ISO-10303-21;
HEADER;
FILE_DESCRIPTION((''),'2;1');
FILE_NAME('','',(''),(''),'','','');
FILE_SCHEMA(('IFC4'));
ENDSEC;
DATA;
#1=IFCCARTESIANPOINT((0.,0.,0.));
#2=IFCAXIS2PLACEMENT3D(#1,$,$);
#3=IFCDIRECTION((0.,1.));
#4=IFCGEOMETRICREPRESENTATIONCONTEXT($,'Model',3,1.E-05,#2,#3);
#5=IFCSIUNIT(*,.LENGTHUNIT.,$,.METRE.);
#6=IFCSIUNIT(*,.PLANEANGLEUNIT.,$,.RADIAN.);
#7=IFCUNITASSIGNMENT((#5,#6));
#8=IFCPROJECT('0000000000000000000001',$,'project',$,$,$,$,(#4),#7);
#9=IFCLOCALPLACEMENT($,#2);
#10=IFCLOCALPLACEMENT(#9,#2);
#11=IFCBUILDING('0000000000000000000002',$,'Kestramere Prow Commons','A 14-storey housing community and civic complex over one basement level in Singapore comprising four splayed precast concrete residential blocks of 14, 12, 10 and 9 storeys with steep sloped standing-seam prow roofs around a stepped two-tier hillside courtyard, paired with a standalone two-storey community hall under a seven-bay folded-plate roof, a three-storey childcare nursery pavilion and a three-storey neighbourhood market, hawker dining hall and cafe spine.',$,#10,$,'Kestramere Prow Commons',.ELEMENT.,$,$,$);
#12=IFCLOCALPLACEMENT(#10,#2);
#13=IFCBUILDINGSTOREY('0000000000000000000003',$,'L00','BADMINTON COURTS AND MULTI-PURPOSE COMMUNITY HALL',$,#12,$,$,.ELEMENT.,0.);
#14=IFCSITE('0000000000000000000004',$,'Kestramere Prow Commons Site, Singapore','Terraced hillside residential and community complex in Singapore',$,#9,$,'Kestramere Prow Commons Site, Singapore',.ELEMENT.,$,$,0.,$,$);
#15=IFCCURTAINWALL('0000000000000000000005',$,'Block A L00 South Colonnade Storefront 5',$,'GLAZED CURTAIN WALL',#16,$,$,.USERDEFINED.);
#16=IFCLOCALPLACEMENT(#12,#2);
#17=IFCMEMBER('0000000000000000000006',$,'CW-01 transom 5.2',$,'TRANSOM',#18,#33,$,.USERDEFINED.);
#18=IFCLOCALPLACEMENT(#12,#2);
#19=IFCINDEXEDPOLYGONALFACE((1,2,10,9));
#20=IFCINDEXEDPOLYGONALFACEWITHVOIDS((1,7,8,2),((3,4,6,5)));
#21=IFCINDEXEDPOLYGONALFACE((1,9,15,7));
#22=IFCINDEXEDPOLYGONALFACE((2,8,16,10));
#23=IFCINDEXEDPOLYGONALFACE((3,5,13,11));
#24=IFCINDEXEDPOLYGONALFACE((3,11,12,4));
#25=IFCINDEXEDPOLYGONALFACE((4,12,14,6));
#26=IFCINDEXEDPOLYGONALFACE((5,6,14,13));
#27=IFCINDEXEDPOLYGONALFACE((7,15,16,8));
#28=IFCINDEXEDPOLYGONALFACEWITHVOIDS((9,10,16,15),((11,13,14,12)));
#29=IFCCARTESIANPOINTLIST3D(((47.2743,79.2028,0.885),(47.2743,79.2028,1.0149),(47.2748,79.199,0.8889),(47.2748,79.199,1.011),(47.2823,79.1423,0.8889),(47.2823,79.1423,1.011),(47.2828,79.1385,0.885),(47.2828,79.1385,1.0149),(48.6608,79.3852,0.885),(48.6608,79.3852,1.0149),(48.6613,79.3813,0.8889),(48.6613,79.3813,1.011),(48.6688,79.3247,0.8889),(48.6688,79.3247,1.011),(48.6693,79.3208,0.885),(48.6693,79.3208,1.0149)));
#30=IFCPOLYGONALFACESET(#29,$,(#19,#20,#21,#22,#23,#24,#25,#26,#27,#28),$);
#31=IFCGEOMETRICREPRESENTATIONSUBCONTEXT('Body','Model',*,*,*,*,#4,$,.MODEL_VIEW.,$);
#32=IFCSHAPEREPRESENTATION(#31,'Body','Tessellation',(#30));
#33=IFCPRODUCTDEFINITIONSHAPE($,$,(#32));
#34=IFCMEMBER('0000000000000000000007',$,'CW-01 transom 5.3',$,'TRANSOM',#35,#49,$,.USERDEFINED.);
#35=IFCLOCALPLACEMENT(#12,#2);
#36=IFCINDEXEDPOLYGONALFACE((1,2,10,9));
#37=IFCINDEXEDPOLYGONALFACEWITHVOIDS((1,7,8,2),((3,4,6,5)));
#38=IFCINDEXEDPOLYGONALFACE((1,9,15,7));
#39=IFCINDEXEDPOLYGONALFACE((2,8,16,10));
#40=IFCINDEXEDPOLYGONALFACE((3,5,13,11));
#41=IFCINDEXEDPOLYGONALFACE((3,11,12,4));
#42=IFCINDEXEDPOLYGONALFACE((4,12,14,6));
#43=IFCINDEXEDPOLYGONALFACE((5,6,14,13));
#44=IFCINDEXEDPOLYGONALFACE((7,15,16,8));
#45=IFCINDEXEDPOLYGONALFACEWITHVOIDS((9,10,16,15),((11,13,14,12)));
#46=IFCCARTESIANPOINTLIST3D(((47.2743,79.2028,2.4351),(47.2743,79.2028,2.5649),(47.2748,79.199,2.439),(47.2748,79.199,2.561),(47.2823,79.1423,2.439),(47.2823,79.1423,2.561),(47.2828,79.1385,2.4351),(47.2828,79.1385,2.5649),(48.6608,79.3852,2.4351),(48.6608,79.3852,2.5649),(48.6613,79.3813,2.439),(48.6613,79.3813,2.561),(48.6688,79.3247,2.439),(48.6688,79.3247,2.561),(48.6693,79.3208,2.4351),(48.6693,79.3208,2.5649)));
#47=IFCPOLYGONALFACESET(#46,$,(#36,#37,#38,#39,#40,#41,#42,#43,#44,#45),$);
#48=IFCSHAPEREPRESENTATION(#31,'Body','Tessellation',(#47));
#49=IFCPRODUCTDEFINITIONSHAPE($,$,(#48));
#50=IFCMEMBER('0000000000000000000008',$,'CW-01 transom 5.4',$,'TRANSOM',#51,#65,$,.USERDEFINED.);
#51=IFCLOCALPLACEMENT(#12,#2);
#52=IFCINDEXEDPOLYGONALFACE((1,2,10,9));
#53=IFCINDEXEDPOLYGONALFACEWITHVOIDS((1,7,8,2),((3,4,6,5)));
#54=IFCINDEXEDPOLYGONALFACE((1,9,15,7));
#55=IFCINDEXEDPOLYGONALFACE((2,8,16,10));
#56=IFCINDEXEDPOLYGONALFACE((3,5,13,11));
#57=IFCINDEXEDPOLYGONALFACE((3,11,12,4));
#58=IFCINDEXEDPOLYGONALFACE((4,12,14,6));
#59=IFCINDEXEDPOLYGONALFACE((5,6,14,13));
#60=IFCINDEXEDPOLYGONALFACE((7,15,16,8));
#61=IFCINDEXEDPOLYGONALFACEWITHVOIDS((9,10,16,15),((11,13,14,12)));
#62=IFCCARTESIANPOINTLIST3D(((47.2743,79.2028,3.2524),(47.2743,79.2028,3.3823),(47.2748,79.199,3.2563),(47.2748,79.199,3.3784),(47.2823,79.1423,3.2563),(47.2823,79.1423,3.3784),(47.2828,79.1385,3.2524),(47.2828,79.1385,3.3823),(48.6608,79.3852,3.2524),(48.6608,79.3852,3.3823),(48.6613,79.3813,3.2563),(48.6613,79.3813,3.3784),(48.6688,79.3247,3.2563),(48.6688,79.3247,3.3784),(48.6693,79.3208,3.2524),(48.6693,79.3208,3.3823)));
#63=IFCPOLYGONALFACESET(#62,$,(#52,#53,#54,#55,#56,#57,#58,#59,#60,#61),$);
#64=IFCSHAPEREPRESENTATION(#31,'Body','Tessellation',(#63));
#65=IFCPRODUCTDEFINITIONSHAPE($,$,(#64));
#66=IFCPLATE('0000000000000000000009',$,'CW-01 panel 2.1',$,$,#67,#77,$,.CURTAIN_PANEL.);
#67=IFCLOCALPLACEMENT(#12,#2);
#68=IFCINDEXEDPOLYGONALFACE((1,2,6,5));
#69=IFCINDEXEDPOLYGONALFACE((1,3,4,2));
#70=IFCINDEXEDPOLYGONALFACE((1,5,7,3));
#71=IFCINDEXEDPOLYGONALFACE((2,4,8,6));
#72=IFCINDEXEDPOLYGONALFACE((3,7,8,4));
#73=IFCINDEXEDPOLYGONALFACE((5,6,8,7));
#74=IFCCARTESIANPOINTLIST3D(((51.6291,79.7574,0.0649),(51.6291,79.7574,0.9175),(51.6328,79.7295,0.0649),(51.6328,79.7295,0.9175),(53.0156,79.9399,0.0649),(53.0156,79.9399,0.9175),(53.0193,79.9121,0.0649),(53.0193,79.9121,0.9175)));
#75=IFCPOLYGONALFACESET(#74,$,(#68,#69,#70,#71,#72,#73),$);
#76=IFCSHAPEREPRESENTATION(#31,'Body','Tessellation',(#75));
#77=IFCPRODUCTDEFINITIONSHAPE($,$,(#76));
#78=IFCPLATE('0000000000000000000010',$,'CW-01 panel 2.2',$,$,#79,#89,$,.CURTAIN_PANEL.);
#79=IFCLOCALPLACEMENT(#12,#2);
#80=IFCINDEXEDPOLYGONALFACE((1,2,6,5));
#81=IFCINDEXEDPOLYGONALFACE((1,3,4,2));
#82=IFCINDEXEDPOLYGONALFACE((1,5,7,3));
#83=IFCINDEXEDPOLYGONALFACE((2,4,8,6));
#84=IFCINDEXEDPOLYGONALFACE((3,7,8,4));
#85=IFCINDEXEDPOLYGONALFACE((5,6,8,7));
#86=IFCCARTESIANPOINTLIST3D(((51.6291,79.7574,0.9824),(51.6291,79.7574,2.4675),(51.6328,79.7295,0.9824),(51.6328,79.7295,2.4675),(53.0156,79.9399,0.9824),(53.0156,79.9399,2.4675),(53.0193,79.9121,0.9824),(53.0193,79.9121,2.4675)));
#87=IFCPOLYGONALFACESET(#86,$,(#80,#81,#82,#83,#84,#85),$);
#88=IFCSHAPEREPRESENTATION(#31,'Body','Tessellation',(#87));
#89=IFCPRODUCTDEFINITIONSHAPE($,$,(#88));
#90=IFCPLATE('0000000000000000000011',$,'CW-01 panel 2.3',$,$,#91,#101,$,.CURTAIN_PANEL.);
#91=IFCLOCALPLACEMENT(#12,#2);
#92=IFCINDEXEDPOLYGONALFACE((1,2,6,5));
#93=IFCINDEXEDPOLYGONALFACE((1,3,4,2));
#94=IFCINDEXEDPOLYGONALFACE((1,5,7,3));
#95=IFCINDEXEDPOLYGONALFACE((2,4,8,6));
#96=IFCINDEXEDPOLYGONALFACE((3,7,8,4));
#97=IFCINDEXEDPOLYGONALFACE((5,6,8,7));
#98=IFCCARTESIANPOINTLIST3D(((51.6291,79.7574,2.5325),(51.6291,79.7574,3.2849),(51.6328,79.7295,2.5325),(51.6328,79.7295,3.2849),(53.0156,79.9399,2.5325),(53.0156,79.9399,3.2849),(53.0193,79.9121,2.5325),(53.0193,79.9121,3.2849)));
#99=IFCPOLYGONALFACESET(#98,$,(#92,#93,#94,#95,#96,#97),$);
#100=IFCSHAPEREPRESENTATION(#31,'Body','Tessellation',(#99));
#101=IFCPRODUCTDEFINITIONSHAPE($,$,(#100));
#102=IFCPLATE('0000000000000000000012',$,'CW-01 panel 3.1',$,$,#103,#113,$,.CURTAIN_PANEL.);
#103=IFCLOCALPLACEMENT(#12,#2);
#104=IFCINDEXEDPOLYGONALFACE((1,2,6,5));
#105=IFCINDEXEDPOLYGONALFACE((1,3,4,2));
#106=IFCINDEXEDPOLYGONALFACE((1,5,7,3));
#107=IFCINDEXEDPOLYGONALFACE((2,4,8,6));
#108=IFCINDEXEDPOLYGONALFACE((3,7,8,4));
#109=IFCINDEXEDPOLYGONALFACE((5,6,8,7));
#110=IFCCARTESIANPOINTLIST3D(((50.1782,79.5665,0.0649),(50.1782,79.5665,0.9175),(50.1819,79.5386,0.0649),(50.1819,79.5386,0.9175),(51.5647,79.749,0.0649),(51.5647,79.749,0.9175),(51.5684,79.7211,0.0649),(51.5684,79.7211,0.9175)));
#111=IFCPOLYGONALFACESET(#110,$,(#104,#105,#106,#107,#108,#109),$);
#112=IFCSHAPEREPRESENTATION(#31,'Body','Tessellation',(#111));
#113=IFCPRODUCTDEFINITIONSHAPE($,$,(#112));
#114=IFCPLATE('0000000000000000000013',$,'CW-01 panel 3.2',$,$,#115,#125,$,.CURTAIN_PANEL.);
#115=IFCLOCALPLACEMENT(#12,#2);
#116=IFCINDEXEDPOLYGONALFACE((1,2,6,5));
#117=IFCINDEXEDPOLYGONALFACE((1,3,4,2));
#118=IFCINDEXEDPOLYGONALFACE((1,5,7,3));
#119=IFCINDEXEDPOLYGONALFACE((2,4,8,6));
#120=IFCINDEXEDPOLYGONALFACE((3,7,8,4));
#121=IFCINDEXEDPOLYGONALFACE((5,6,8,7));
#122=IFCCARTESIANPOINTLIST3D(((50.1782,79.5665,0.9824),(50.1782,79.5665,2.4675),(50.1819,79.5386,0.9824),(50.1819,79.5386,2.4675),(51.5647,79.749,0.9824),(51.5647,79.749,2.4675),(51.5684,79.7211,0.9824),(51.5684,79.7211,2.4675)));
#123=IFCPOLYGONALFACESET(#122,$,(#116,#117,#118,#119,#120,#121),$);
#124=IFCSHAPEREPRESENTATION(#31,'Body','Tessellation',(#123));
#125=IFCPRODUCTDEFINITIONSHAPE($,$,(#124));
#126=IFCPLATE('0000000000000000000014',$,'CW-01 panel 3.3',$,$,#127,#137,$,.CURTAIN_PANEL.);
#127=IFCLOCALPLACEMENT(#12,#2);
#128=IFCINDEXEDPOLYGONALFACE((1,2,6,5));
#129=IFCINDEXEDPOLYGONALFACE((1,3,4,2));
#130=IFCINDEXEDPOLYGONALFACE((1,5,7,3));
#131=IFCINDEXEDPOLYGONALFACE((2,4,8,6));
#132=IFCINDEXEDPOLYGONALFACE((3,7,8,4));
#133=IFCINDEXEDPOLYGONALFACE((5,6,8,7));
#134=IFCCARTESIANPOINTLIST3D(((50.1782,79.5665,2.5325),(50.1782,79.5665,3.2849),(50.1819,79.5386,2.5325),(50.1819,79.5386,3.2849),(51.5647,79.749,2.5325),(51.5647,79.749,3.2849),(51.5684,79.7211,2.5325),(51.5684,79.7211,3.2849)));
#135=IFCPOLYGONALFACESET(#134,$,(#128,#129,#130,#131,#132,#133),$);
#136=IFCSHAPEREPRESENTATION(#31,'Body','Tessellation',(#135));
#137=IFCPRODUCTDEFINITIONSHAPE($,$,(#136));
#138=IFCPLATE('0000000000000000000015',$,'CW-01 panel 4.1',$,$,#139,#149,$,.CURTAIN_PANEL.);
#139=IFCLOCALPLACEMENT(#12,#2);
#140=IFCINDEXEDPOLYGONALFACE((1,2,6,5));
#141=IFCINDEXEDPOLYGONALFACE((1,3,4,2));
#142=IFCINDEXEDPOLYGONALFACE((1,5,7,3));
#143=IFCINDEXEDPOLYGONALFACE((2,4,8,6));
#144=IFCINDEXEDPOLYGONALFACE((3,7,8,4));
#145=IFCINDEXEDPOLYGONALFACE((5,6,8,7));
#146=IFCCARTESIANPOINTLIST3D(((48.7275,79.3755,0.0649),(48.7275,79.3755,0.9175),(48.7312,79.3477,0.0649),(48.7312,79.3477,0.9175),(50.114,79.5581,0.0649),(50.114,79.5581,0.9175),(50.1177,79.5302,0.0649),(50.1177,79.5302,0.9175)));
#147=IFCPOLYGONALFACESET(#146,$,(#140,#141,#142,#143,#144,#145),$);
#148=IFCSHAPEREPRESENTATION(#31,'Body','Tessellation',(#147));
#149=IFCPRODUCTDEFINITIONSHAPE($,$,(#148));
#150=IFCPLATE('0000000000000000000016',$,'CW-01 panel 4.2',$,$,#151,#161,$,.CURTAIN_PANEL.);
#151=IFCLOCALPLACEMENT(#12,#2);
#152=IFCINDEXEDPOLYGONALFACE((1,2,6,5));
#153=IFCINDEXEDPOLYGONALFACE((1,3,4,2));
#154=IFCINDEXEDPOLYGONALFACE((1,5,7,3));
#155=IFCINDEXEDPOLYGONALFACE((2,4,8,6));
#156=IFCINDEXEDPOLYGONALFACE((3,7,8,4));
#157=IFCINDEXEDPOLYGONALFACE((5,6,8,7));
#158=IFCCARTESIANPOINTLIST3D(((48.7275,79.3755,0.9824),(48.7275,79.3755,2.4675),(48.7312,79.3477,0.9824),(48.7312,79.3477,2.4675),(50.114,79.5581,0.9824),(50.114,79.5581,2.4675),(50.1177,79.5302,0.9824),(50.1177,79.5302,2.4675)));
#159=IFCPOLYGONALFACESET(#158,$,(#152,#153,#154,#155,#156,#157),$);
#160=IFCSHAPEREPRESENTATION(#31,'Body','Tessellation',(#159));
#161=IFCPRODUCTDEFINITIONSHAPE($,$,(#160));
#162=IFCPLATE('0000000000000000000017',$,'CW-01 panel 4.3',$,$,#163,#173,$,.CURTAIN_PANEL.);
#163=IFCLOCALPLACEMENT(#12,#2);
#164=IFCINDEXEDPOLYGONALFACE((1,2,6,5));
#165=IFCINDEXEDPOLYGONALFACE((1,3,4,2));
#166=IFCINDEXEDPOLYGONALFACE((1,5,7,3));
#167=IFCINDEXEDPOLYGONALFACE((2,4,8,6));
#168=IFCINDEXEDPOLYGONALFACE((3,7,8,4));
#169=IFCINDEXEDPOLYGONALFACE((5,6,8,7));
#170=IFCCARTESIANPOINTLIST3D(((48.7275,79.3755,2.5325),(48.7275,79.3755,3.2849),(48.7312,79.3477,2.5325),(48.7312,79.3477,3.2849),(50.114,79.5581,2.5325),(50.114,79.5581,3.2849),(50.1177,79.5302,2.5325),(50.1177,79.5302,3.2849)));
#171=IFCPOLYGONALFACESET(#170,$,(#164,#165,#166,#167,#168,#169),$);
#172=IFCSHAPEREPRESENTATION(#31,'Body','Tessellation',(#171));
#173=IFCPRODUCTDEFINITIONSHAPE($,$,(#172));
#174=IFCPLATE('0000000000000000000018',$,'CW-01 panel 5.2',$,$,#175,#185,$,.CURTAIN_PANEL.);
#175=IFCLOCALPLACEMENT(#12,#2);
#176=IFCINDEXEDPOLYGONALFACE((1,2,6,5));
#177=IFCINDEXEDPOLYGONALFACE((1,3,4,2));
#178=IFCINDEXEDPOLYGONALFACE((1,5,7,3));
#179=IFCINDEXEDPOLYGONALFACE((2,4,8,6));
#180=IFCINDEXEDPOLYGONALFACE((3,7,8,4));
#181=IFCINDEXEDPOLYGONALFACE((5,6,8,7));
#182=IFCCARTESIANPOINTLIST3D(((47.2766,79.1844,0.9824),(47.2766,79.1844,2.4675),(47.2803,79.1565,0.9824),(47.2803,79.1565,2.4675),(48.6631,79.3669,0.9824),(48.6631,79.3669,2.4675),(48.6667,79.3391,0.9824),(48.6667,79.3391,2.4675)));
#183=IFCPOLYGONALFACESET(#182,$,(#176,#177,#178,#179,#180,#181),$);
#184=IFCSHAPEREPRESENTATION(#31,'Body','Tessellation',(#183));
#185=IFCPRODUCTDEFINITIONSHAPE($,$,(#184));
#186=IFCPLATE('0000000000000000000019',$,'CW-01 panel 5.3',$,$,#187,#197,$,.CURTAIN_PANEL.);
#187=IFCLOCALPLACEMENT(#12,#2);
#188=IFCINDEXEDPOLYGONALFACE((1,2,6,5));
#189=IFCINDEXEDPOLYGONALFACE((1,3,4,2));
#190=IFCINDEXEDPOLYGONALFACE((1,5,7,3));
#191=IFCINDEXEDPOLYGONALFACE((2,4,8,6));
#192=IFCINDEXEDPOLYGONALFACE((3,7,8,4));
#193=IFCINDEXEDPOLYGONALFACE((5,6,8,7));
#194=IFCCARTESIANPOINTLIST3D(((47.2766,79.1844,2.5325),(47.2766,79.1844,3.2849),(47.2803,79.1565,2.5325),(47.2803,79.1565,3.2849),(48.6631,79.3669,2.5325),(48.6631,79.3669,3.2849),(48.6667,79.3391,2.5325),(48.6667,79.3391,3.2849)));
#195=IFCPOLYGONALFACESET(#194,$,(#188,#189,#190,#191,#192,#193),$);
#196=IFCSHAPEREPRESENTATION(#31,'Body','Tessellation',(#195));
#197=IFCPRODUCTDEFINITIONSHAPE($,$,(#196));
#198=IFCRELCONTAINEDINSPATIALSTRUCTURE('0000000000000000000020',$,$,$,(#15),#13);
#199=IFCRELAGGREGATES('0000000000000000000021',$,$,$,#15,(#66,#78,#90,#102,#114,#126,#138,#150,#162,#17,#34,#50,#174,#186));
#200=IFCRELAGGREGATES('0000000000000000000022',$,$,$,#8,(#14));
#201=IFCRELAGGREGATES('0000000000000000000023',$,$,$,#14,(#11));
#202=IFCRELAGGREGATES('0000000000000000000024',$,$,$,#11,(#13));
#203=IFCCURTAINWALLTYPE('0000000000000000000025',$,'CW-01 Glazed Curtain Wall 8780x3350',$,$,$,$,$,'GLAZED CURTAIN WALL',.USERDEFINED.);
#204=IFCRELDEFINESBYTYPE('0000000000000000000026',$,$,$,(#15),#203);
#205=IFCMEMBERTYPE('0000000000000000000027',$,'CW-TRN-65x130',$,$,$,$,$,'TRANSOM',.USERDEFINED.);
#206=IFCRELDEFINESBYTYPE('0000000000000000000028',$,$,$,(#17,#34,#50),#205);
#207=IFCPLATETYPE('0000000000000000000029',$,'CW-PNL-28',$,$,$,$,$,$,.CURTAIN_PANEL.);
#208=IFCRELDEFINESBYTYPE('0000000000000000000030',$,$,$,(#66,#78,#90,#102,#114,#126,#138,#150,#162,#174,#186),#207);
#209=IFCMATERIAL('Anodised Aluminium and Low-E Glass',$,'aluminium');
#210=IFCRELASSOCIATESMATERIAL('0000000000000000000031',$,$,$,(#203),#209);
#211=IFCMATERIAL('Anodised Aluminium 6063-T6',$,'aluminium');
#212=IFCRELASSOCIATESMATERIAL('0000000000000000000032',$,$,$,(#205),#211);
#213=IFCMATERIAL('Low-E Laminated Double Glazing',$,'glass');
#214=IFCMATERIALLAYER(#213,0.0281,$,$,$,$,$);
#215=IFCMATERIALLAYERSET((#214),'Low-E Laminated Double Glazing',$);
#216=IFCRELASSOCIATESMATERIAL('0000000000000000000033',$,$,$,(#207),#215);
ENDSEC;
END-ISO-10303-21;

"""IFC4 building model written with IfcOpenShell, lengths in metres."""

from ifc_helpers import new_model, si_unit, direction, frame, origin, origin_2d, place, context, subcontext, project, spatial, rectangle, hollow_rectangle, extrude, material, layer, layer_set, material_profile, profile_set, type_object, element, aggregate, save


model = new_model("IFC4")

# Units and contexts
model_context = context("Model", 3, precision=1e-05, world=origin(), true_north=direction((0.0, 1.0)))
body_context = subcontext(model_context, "Body", "Model", "MODEL_VIEW")
ifc_project = project(units=[si_unit("LENGTHUNIT", "METRE"), si_unit("PLANEANGLEUNIT", "RADIAN")], contexts=[model_context])

# Site, building, storey
site_placement = place(None, origin())
site = spatial("IfcSite", under=ifc_project, at=site_placement, Name="Kestramere Prow Commons Site, Singapore", Description="Terraced hillside residential and community complex in Singapore", LongName="Kestramere Prow Commons Site, Singapore", CompositionType="ELEMENT", RefElevation=0.0)
building_placement = place(site_placement, origin())
building = spatial("IfcBuilding", under=site, at=building_placement, Name="Kestramere Prow Commons", Description="A 14-storey housing community and civic complex over one basement level in Singapore comprising four splayed precast concrete residential blocks of 14, 12, 10 and 9 storeys with steep sloped standing-seam prow roofs around a stepped two-tier hillside courtyard, paired with a standalone two-storey community hall under a seven-bay folded-plate roof, a three-storey childcare nursery pavilion and a three-storey neighbourhood market, hawker dining hall and cafe spine.", LongName="Kestramere Prow Commons", CompositionType="ELEMENT")
storey_placement = place(building_placement, origin())
storey = spatial("IfcBuildingStorey", under=building, at=storey_placement, Name="L00", Description="BADMINTON COURTS AND MULTI-PURPOSE COMMUNITY HALL", CompositionType="ELEMENT", Elevation=0.0)

# Curtain wall, members, plates
ifc_material_1 = material(Name="Anodised Aluminium and Low-E Glass", Category="aluminium")
curtain_wall_type = type_object("IfcCurtainWallType", Name="CW-01 Glazed Curtain Wall 8780x3350", ElementType="GLAZED CURTAIN WALL", PredefinedType="USERDEFINED", material=ifc_material_1)
curtain_wall_placement = place(storey_placement, origin())
curtain_wall = element("IfcCurtainWall", 1, at=curtain_wall_placement, inside=storey, type_object=curtain_wall_type, Name="Block A L00 South Colonnade Storefront 5", ObjectType="GLAZED CURTAIN WALL", PredefinedType="USERDEFINED")
ifc_material_2 = material(Name="Anodised Aluminium 6063-T6", Category="aluminium")
ifc_material_profile_1 = material_profile(ifc_material_2, hollow_rectangle(XDim=0.0649, YDim=0.1299, WallThickness=0.0039, at=origin_2d()), Name="ALU-TRN 65x130")
ifc_profile_set_1 = profile_set([ifc_material_profile_1], Name="Anodised Aluminium 6063-T6")
member_type_1 = type_object("IfcMemberType", Name="CW-TRN-65x130", ElementType="TRANSOM", PredefinedType="USERDEFINED", material=ifc_profile_set_1)
member_1_placement = place(storey_placement, frame((48.665, 79.353, 0.95), z_axis=(-0.99146, -0.130414, 0.0), x_axis=(0.130414, -0.99146, 0.0)))
member_1 = element("IfcMember", 2, at=member_1_placement, type_object=member_type_1, Name="CW-01 transom 5.2", ObjectType="TRANSOM", PredefinedType="USERDEFINED", context=body_context, shape_type="SweptSolid", body=[
    extrude(hollow_rectangle(XDim=0.0649, YDim=0.1299, WallThickness=0.0039, at=origin_2d()), origin(), (0.0, 0.0, 1.0), 1.3984),
])
member_2_placement = place(storey_placement, frame((48.665, 79.353, 2.5), z_axis=(-0.99146, -0.130414, 0.0), x_axis=(0.130414, -0.99146, 0.0)))
member_2 = element("IfcMember", 3, at=member_2_placement, type_object=member_type_1, Name="CW-01 transom 5.3", ObjectType="TRANSOM", PredefinedType="USERDEFINED", context=body_context, shape_type="SweptSolid", body=[
    extrude(hollow_rectangle(XDim=0.0649, YDim=0.1299, WallThickness=0.0039, at=origin_2d()), origin(), (0.0, 0.0, 1.0), 1.3984),
])
member_3_placement = place(storey_placement, frame((48.665, 79.353, 3.3174), z_axis=(-0.99146, -0.130414, 0.0), x_axis=(0.130414, -0.99146, 0.0)))
member_3 = element("IfcMember", 4, at=member_3_placement, type_object=member_type_1, Name="CW-01 transom 5.4", ObjectType="TRANSOM", PredefinedType="USERDEFINED", context=body_context, shape_type="SweptSolid", body=[
    extrude(hollow_rectangle(XDim=0.0649, YDim=0.1299, WallThickness=0.0039, at=origin_2d()), origin(), (0.0, 0.0, 1.0), 1.3984),
])
ifc_material_3 = material(Name="Low-E Laminated Double Glazing", Category="glass")
ifc_layer_1 = layer(ifc_material_3, 0.0281)
ifc_layer_set_1 = layer_set([ifc_layer_1], Name="Low-E Laminated Double Glazing")
plate_type = type_object("IfcPlateType", Name="CW-PNL-28", PredefinedType="CURTAIN_PANEL", material=ifc_layer_set_1)
plate_1_placement = place(storey_placement, frame((52.3242, 79.8347, 0.0649), z_axis=(0.0, 0.0, 1.0), x_axis=(-0.991445, -0.130526, 0.0)))
plate_1 = element("IfcPlate", 5, at=plate_1_placement, type_object=plate_type, Name="CW-01 panel 2.1", PredefinedType="CURTAIN_PANEL", context=body_context, shape_type="SweptSolid", body=[
    extrude(rectangle(XDim=1.3984, YDim=0.0281, at=origin_2d()), origin(), (0.0, 0.0, 1.0), 0.8525),
])
plate_2_placement = place(storey_placement, frame((52.3242, 79.8347, 0.9824), z_axis=(0.0, 0.0, 1.0), x_axis=(-0.991445, -0.130526, 0.0)))
plate_2 = element("IfcPlate", 6, at=plate_2_placement, type_object=plate_type, Name="CW-01 panel 2.2", PredefinedType="CURTAIN_PANEL", context=body_context, shape_type="SweptSolid", body=[
    extrude(rectangle(XDim=1.3984, YDim=0.0281, at=origin_2d()), origin(), (0.0, 0.0, 1.0), 1.4851),
])
plate_3_placement = place(storey_placement, frame((52.3242, 79.8347, 2.5325), z_axis=(0.0, 0.0, 1.0), x_axis=(-0.991445, -0.130526, 0.0)))
plate_3 = element("IfcPlate", 7, at=plate_3_placement, type_object=plate_type, Name="CW-01 panel 2.3", PredefinedType="CURTAIN_PANEL", context=body_context, shape_type="SweptSolid", body=[
    extrude(rectangle(XDim=1.3984, YDim=0.0281, at=origin_2d()), origin(), (0.0, 0.0, 1.0), 0.7524),
])
plate_4_placement = place(storey_placement, frame((50.8733, 79.6438, 0.0649), z_axis=(0.0, 0.0, 1.0), x_axis=(-0.991445, -0.130526, 0.0)))
plate_4 = element("IfcPlate", 8, at=plate_4_placement, type_object=plate_type, Name="CW-01 panel 3.1", PredefinedType="CURTAIN_PANEL", context=body_context, shape_type="SweptSolid", body=[
    extrude(rectangle(XDim=1.3984, YDim=0.0281, at=origin_2d()), origin(), (0.0, 0.0, 1.0), 0.8525),
])
plate_5_placement = place(storey_placement, frame((50.8733, 79.6438, 0.9824), z_axis=(0.0, 0.0, 1.0), x_axis=(-0.991445, -0.130526, 0.0)))
plate_5 = element("IfcPlate", 9, at=plate_5_placement, type_object=plate_type, Name="CW-01 panel 3.2", PredefinedType="CURTAIN_PANEL", context=body_context, shape_type="SweptSolid", body=[
    extrude(rectangle(XDim=1.3984, YDim=0.0281, at=origin_2d()), origin(), (0.0, 0.0, 1.0), 1.4851),
])
plate_6_placement = place(storey_placement, frame((50.8733, 79.6438, 2.5325), z_axis=(0.0, 0.0, 1.0), x_axis=(-0.991445, -0.130526, 0.0)))
plate_6 = element("IfcPlate", 10, at=plate_6_placement, type_object=plate_type, Name="CW-01 panel 3.3", PredefinedType="CURTAIN_PANEL", context=body_context, shape_type="SweptSolid", body=[
    extrude(rectangle(XDim=1.3984, YDim=0.0281, at=origin_2d()), origin(), (0.0, 0.0, 1.0), 0.7524),
])
plate_7_placement = place(storey_placement, frame((49.4226, 79.4529, 0.0649), z_axis=(0.0, 0.0, 1.0), x_axis=(-0.991445, -0.130526, 0.0)))
plate_7 = element("IfcPlate", 11, at=plate_7_placement, type_object=plate_type, Name="CW-01 panel 4.1", PredefinedType="CURTAIN_PANEL", context=body_context, shape_type="SweptSolid", body=[
    extrude(rectangle(XDim=1.3984, YDim=0.0281, at=origin_2d()), origin(), (0.0, 0.0, 1.0), 0.8525),
])
plate_8_placement = place(storey_placement, frame((49.4226, 79.4529, 0.9824), z_axis=(0.0, 0.0, 1.0), x_axis=(-0.991445, -0.130526, 0.0)))
plate_8 = element("IfcPlate", 12, at=plate_8_placement, type_object=plate_type, Name="CW-01 panel 4.2", PredefinedType="CURTAIN_PANEL", context=body_context, shape_type="SweptSolid", body=[
    extrude(rectangle(XDim=1.3984, YDim=0.0281, at=origin_2d()), origin(), (0.0, 0.0, 1.0), 1.4851),
])
plate_9_placement = place(storey_placement, frame((49.4226, 79.4529, 2.5325), z_axis=(0.0, 0.0, 1.0), x_axis=(-0.991445, -0.130526, 0.0)))
plate_9 = element("IfcPlate", 13, at=plate_9_placement, type_object=plate_type, Name="CW-01 panel 4.3", PredefinedType="CURTAIN_PANEL", context=body_context, shape_type="SweptSolid", body=[
    extrude(rectangle(XDim=1.3984, YDim=0.0281, at=origin_2d()), origin(), (0.0, 0.0, 1.0), 0.7524),
])
plate_10_placement = place(storey_placement, frame((47.9717, 79.2617, 0.9824), z_axis=(0.0, 0.0, 1.0), x_axis=(-0.991445, -0.130526, 0.0)))
plate_10 = element("IfcPlate", 14, at=plate_10_placement, type_object=plate_type, Name="CW-01 panel 5.2", PredefinedType="CURTAIN_PANEL", context=body_context, shape_type="SweptSolid", body=[
    extrude(rectangle(XDim=1.3984, YDim=0.0281, at=origin_2d()), origin(), (0.0, 0.0, 1.0), 1.4851),
])
plate_11_placement = place(storey_placement, frame((47.9717, 79.2617, 2.5325), z_axis=(0.0, 0.0, 1.0), x_axis=(-0.991445, -0.130526, 0.0)))
plate_11 = element("IfcPlate", 15, at=plate_11_placement, type_object=plate_type, Name="CW-01 panel 5.3", PredefinedType="CURTAIN_PANEL", context=body_context, shape_type="SweptSolid", body=[
    extrude(rectangle(XDim=1.3984, YDim=0.0281, at=origin_2d()), origin(), (0.0, 0.0, 1.0), 0.7524),
])
aggregate(curtain_wall, [plate_1, plate_2, plate_3, plate_4, plate_5, plate_6, plate_7, plate_8, plate_9, member_1, member_2, member_3, plate_10, plate_11])

save(model, "model.ifc")
